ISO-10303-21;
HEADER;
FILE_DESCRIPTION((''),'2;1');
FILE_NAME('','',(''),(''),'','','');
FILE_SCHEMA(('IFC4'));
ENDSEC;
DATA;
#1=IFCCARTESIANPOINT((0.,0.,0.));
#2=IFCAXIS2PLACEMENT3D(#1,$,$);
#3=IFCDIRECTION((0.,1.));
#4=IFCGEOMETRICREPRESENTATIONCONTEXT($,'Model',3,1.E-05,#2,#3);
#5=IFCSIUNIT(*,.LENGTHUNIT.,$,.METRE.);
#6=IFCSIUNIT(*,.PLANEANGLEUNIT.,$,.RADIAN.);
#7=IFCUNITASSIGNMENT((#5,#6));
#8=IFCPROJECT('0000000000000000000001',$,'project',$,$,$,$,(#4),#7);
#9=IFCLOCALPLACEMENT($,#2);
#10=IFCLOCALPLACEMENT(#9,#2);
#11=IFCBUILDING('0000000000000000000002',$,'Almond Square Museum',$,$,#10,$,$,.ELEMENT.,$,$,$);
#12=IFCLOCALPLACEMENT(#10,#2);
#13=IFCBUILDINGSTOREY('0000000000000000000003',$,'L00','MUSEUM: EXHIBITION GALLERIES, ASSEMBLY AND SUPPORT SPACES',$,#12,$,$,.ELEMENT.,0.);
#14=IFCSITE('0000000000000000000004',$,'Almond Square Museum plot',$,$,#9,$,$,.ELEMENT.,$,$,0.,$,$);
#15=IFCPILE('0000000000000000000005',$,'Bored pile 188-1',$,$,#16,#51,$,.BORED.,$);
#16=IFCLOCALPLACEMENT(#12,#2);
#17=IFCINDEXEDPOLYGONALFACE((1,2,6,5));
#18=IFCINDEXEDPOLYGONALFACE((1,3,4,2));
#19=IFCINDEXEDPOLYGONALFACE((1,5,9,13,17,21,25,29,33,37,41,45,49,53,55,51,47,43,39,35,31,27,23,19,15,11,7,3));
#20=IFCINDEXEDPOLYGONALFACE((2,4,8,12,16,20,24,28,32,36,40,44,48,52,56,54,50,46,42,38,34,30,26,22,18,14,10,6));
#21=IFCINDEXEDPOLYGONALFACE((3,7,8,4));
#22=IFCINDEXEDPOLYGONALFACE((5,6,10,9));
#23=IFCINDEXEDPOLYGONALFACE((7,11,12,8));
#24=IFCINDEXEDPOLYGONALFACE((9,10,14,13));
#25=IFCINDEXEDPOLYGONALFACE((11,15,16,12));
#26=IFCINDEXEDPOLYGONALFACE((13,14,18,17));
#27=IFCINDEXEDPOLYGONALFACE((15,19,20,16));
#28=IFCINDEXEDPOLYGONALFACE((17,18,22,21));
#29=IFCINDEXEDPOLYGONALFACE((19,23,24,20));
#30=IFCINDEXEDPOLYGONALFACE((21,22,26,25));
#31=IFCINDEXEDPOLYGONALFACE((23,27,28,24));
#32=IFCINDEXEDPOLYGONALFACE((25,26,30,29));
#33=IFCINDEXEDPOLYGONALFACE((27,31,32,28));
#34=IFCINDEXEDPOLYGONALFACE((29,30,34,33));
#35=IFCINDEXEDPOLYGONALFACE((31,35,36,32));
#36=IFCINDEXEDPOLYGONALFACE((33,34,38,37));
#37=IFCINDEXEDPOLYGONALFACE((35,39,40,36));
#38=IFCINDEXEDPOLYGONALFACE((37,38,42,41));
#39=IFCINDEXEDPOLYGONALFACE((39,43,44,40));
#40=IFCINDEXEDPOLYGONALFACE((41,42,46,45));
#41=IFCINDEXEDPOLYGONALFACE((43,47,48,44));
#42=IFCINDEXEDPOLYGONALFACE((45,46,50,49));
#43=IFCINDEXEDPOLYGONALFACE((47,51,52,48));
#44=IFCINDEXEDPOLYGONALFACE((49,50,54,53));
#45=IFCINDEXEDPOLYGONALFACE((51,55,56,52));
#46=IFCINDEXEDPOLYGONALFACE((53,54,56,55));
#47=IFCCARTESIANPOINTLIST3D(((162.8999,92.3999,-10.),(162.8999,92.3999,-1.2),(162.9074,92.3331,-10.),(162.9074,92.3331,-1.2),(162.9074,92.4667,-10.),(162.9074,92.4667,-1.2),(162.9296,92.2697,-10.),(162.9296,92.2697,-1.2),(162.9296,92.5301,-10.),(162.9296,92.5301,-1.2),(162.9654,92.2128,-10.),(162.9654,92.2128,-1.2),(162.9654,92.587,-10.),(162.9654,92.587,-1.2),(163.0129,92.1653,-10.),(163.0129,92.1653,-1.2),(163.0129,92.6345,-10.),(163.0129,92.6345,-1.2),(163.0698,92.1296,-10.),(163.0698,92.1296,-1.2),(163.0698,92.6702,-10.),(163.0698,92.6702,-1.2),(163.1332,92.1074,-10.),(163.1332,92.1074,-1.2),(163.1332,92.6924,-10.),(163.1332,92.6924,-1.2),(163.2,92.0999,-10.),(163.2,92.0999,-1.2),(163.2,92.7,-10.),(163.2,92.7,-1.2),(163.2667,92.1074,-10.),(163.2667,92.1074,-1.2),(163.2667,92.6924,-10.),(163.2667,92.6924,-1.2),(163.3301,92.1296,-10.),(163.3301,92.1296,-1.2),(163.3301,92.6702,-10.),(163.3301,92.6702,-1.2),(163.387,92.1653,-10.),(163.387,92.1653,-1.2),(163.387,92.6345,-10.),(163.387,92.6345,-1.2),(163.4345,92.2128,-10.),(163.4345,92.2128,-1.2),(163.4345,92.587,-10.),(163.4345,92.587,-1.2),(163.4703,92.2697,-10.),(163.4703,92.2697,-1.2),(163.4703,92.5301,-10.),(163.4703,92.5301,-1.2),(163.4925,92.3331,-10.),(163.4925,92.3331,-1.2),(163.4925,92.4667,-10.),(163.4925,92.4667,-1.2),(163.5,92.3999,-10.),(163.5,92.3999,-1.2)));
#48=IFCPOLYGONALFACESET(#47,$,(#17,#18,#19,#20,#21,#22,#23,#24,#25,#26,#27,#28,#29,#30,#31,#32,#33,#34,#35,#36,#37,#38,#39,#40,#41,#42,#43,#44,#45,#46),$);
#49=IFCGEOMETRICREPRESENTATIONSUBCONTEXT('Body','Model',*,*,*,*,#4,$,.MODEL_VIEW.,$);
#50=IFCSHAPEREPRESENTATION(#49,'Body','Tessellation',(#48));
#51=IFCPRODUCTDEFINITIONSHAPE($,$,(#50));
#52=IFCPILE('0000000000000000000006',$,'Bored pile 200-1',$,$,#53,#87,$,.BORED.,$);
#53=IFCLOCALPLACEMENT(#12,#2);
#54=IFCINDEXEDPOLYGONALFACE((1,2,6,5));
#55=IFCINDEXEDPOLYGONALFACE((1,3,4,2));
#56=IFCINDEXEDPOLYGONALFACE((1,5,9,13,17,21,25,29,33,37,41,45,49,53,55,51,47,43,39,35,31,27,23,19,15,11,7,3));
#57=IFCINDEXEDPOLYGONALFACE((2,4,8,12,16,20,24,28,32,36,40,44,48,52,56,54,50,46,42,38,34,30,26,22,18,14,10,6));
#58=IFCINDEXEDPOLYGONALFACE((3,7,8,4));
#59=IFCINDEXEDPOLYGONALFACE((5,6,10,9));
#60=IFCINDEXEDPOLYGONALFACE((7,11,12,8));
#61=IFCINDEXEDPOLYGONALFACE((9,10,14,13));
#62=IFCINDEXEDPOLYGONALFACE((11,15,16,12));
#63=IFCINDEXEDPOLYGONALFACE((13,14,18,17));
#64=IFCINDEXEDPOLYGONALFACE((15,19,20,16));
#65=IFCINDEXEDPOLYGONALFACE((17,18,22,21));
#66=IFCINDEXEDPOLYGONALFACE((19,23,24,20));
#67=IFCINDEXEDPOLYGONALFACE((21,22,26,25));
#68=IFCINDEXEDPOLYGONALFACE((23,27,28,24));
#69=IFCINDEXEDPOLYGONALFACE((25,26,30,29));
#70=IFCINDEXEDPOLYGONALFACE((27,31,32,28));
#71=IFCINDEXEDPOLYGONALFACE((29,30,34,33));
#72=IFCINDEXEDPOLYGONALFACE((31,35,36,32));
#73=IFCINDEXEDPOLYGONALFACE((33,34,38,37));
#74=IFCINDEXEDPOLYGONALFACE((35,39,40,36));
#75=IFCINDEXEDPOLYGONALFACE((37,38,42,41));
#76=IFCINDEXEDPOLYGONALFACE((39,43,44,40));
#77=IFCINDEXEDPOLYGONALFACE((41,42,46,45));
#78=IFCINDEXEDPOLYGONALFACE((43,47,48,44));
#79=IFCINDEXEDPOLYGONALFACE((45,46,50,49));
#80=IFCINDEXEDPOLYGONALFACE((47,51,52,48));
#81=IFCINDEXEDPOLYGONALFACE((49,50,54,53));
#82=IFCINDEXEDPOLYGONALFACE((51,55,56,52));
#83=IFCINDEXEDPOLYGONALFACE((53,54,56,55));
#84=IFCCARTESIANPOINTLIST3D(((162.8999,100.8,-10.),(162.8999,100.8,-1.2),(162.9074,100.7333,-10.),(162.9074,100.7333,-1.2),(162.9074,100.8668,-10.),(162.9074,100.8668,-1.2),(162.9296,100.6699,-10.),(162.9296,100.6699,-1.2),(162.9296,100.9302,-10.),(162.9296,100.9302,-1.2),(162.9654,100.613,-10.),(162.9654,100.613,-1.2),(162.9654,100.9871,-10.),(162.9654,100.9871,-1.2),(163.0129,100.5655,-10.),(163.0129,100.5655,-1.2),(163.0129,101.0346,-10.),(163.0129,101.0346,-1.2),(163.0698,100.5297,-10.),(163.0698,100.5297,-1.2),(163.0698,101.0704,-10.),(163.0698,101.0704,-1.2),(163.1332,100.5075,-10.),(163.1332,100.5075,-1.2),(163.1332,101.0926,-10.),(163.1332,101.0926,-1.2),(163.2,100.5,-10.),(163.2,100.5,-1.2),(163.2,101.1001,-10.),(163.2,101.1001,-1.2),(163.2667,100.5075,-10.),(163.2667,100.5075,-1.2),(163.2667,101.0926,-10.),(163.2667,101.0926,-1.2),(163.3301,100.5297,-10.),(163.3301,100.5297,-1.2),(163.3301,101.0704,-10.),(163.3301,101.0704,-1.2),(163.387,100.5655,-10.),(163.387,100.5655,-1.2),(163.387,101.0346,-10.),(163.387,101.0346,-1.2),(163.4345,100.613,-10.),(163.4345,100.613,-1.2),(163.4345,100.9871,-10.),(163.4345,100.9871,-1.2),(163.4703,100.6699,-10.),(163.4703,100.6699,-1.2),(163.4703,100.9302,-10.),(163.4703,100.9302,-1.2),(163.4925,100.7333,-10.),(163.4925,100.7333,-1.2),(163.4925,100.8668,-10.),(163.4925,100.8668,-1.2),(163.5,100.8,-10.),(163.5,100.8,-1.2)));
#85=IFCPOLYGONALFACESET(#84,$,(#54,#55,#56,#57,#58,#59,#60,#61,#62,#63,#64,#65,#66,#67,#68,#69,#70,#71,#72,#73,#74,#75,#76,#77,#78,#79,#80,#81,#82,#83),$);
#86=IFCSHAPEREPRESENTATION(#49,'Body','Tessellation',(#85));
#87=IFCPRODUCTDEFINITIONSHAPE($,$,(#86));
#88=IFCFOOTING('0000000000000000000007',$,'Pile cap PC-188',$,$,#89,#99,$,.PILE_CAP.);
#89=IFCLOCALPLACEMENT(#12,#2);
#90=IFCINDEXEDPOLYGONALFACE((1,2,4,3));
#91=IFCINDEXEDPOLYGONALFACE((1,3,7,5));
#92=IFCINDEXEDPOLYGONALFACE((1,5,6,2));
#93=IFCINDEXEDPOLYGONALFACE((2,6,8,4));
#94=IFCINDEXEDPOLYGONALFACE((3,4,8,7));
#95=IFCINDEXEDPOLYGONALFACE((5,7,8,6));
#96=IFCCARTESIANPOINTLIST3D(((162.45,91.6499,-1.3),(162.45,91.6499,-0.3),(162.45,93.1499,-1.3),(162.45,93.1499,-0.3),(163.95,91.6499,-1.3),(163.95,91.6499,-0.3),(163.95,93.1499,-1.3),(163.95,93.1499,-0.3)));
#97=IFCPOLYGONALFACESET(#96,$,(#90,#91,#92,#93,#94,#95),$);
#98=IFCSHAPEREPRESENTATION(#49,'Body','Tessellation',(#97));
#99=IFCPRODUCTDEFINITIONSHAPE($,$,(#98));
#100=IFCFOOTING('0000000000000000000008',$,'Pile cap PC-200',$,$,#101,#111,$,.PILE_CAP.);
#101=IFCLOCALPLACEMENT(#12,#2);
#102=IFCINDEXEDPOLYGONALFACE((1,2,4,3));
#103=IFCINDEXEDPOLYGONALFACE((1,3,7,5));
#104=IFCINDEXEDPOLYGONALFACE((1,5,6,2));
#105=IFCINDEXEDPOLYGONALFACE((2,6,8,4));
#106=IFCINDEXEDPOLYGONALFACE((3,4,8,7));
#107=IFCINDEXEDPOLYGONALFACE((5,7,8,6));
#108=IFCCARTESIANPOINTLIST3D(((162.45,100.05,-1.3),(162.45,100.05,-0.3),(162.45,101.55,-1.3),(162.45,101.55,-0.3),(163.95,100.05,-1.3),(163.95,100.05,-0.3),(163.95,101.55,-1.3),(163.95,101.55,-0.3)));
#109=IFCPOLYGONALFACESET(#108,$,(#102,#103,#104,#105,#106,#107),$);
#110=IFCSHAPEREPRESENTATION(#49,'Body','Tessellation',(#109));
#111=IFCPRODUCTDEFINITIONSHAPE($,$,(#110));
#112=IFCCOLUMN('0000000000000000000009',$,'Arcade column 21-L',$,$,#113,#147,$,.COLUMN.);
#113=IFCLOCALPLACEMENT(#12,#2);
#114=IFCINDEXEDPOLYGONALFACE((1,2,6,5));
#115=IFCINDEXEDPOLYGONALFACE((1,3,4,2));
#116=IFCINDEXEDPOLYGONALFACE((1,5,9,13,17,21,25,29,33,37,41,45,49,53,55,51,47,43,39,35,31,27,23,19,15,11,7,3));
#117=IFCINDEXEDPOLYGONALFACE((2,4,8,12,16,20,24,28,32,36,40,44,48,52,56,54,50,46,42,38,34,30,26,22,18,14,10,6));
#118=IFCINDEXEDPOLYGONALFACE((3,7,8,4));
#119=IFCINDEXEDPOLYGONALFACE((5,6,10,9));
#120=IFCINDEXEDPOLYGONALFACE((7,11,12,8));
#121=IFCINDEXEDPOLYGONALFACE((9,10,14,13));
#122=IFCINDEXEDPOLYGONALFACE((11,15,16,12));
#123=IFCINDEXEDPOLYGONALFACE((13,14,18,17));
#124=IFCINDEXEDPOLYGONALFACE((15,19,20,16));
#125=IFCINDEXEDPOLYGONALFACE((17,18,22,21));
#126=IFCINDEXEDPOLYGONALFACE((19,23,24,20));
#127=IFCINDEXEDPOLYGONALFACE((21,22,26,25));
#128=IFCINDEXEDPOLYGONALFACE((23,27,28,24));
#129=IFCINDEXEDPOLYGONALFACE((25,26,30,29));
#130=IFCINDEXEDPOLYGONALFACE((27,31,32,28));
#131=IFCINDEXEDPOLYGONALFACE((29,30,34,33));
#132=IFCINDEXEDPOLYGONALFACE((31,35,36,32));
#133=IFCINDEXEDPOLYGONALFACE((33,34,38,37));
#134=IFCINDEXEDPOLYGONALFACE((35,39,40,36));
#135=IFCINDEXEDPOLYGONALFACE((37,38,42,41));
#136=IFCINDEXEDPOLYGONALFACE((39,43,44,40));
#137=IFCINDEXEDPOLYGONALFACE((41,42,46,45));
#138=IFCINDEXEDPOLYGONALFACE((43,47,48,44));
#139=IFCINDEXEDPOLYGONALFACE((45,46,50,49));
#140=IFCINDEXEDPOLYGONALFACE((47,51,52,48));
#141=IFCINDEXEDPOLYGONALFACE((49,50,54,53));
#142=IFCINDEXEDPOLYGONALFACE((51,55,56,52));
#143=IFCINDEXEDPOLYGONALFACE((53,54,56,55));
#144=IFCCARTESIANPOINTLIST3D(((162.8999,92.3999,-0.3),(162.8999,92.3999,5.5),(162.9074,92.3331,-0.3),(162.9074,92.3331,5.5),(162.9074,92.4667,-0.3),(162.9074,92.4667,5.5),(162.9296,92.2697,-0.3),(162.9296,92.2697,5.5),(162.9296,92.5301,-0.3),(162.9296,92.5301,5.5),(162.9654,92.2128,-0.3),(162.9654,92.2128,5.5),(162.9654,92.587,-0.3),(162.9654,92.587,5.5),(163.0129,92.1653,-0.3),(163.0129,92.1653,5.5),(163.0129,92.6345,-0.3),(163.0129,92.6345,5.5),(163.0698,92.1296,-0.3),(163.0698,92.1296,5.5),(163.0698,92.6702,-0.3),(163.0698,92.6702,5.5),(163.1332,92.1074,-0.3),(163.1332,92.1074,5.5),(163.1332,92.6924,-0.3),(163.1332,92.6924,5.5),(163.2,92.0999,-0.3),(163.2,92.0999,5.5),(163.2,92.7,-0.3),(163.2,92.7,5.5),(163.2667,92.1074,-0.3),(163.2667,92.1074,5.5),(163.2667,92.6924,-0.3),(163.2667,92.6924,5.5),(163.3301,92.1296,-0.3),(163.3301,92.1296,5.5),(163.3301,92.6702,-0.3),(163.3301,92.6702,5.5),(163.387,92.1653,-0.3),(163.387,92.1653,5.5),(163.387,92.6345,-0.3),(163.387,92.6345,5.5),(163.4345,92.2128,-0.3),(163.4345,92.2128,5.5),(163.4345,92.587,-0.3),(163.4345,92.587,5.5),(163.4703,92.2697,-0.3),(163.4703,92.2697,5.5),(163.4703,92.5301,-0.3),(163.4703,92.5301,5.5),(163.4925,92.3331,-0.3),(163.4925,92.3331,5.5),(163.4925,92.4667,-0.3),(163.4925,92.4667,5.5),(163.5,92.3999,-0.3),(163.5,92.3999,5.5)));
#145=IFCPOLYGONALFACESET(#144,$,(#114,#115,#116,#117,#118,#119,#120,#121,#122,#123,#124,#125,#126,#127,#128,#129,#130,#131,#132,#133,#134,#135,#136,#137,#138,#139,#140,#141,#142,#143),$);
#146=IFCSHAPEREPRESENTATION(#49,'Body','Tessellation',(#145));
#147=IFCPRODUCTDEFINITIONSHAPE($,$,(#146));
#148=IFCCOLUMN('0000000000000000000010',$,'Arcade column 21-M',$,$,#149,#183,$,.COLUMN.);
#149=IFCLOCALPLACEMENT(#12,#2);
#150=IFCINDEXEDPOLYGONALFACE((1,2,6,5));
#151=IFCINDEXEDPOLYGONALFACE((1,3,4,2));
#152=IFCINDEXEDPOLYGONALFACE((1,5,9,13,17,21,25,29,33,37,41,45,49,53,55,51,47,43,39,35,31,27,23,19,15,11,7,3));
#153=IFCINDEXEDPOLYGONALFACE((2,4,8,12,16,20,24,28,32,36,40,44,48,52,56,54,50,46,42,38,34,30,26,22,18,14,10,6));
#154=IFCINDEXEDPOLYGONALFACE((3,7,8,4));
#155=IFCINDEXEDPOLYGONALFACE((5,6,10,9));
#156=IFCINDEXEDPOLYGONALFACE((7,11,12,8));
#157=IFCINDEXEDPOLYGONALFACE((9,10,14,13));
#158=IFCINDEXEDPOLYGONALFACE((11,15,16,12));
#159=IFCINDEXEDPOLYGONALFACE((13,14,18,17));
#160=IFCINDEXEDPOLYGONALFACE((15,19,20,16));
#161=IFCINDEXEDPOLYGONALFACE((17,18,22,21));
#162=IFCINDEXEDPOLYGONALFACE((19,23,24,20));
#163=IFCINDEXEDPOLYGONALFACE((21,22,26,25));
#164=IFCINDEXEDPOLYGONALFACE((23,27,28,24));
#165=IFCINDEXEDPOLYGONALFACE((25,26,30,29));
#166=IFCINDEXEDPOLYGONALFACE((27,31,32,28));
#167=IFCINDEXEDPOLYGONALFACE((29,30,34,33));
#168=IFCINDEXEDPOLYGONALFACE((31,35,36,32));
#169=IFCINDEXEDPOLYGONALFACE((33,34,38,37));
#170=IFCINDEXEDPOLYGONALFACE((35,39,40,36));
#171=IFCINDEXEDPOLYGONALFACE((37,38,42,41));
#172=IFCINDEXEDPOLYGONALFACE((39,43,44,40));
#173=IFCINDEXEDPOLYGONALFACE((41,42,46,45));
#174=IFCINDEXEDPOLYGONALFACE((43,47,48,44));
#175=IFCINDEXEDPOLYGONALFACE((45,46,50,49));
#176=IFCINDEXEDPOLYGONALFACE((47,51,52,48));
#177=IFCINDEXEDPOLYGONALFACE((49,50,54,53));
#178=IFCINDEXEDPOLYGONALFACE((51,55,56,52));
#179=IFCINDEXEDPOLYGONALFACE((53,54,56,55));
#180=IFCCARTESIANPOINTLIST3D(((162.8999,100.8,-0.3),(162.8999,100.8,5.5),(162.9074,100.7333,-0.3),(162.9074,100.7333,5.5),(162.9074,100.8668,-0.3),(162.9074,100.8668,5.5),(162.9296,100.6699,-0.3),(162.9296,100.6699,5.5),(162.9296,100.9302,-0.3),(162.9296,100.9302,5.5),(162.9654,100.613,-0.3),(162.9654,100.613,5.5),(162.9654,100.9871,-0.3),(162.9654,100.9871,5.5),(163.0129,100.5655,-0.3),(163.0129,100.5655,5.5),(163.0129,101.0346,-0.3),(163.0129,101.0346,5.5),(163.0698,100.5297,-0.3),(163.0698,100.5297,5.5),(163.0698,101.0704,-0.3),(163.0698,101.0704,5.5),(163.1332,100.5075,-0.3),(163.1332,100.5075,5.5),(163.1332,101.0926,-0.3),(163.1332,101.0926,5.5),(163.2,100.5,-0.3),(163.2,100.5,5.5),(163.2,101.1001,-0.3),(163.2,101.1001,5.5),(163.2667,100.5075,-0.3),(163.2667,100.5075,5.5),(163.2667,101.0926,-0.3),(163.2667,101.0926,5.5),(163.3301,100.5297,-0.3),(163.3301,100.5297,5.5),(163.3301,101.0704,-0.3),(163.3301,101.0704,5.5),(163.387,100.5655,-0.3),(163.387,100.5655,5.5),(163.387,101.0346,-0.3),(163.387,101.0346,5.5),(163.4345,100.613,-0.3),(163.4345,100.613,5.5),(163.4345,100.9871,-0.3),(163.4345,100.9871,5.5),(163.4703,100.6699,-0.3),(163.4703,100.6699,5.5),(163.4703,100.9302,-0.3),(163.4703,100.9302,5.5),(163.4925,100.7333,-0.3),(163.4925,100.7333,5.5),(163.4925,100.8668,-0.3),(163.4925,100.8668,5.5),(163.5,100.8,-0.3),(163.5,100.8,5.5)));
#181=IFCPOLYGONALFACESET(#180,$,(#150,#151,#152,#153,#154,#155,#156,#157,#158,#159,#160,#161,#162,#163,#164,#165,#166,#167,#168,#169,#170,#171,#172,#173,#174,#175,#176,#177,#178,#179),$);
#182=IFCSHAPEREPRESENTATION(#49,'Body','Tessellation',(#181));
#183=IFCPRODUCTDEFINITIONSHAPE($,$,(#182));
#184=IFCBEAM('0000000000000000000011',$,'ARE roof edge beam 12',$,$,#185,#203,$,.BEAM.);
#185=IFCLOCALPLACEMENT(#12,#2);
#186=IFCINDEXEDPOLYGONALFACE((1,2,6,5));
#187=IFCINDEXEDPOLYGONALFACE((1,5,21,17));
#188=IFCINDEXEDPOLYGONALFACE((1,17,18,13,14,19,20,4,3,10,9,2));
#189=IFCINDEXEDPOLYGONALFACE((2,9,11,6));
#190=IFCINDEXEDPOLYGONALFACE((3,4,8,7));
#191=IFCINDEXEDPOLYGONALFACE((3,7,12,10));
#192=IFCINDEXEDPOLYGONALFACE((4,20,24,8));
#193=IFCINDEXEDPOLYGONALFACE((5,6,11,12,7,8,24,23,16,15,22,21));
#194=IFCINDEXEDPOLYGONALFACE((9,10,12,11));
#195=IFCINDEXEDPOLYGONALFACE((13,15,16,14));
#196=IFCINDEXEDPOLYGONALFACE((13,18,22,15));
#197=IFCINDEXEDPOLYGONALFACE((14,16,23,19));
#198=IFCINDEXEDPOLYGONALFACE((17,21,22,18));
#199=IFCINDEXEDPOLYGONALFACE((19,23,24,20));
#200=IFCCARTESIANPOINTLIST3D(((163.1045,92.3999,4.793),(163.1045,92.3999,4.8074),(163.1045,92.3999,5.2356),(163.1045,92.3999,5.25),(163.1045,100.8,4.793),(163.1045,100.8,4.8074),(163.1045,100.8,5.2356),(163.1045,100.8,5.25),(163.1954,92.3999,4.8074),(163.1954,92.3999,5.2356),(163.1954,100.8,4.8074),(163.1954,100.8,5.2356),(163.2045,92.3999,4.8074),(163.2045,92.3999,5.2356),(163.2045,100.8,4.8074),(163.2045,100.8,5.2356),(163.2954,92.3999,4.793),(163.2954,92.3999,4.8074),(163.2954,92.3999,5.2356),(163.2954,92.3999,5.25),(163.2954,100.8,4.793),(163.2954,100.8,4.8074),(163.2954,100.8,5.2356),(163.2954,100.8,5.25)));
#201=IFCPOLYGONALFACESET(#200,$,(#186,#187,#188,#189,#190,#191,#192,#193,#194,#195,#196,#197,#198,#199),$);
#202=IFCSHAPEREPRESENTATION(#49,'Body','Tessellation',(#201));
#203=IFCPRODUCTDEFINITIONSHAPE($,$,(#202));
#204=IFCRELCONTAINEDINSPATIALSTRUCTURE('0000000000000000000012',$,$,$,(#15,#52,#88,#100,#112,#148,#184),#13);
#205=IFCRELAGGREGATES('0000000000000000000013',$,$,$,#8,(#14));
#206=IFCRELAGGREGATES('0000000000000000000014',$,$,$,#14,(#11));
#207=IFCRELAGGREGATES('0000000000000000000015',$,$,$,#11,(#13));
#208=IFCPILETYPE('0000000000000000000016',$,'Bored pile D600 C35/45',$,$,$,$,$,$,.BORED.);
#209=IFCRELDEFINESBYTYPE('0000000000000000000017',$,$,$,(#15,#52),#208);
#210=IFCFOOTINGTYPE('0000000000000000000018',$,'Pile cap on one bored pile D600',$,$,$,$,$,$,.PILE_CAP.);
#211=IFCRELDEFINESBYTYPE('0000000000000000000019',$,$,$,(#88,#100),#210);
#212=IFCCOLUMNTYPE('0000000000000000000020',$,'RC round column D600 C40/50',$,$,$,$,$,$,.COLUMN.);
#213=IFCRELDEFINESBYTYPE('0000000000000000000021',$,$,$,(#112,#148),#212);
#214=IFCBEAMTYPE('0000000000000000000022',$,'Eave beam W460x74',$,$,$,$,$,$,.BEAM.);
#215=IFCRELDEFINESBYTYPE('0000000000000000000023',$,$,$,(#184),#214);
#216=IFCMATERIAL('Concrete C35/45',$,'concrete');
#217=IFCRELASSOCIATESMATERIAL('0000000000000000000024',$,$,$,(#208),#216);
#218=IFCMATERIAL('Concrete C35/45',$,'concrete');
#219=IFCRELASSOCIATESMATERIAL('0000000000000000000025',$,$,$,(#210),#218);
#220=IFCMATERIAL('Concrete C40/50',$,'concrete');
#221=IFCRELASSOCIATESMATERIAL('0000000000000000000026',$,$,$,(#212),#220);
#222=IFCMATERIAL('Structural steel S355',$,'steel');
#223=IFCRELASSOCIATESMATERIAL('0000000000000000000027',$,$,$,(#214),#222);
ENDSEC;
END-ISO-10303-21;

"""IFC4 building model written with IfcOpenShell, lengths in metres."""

from ifc_helpers import new_model, si_unit, direction, frame, origin, origin_2d, place, context, subcontext, project, spatial, rectangle, circle, i_section, extrude, material, material_profile, profile_set, type_object, element, save


model = new_model("IFC4")

# Units and contexts
model_context = context("Model", 3, precision=1e-05, world=origin(), true_north=direction((0.0, 1.0)))
body_context = subcontext(model_context, "Body", "Model", "MODEL_VIEW")
ifc_project = project(units=[si_unit("LENGTHUNIT", "METRE"), si_unit("PLANEANGLEUNIT", "RADIAN")], contexts=[model_context])

# Site, building, storey
site_placement = place(None, origin())
site = spatial("IfcSite", under=ifc_project, at=site_placement, Name="Almond Square Museum plot", CompositionType="ELEMENT", RefElevation=0.0)
building_placement = place(site_placement, origin())
building = spatial("IfcBuilding", under=site, at=building_placement, Name="Almond Square Museum", CompositionType="ELEMENT")
storey_placement = place(building_placement, origin())
storey = spatial("IfcBuildingStorey", under=building, at=storey_placement, Name="L00", Description="MUSEUM: EXHIBITION GALLERIES, ASSEMBLY AND SUPPORT SPACES", CompositionType="ELEMENT", Elevation=0.0)

# Piles
ifc_material_1 = material(Name="Concrete C35/45", Category="concrete")
ifc_material_profile_1 = material_profile(ifc_material_1, circle(Radius=0.3, at=origin_2d()))
ifc_profile_set_1 = profile_set([ifc_material_profile_1], Name="Concrete C35/45")
pile_type = type_object("IfcPileType", Name="Bored pile D600 C35/45", PredefinedType="BORED", material=ifc_profile_set_1)
for number, where, z_axis, x_axis, name in (
    (1, (163.2, 92.3999, -1.2), (0.0, 0.0, -1.0), (1.0, 0.0, 0.0), "Bored pile 188-1"),
    (2, (163.2, 100.8, -1.2), (0.0, 0.0, -1.0), (1.0, 0.0, 0.0), "Bored pile 200-1"),
):
    element("IfcPile", number, at=place(storey_placement, frame(where, z_axis=z_axis, x_axis=x_axis)), inside=storey, type_object=pile_type, Name=name, PredefinedType="BORED", context=body_context, shape_type="SweptSolid", body=[
        extrude(circle(Radius=0.3, at=origin_2d()), origin(), (0.0, 0.0, 1.0), 8.8),
    ])

# Footings
ifc_material_2 = material(Name="Concrete C35/45", Category="concrete")
footing_type = type_object("IfcFootingType", Name="Pile cap on one bored pile D600", PredefinedType="PILE_CAP", material=ifc_material_2)
for number, where, z_axis, x_axis, name in (
    (3, (163.2, 92.3999, -1.3), (0.0, 0.0, 1.0), (1.0, 0.0, 0.0), "Pile cap PC-188"),
    (4, (163.2, 100.8, -1.3), (0.0, 0.0, 1.0), (1.0, 0.0, 0.0), "Pile cap PC-200"),
):
    element("IfcFooting", number, at=place(storey_placement, frame(where, z_axis=z_axis, x_axis=x_axis)), inside=storey, type_object=footing_type, Name=name, PredefinedType="PILE_CAP", context=body_context, shape_type="SweptSolid", body=[
        extrude(rectangle(XDim=1.5, YDim=1.5, at=origin_2d()), origin(), (0.0, 0.0, 1.0), 1.0),
    ])

# Columns
ifc_material_3 = material(Name="Concrete C40/50", Category="concrete")
ifc_material_profile_2 = material_profile(ifc_material_3, circle(Radius=0.3, at=origin_2d()))
ifc_profile_set_2 = profile_set([ifc_material_profile_2], Name="Concrete C40/50")
column_type = type_object("IfcColumnType", Name="RC round column D600 C40/50", PredefinedType="COLUMN", material=ifc_profile_set_2)
for number, where, z_axis, x_axis, name in (
    (5, (163.2, 92.3999, -0.3), (0.0, 0.0, 1.0), (1.0, 0.0, 0.0), "Arcade column 21-L"),
    (6, (163.2, 100.8, -0.3), (0.0, 0.0, 1.0), (1.0, 0.0, 0.0), "Arcade column 21-M"),
):
    element("IfcColumn", number, at=place(storey_placement, frame(where, z_axis=z_axis, x_axis=x_axis)), inside=storey, type_object=column_type, Name=name, PredefinedType="COLUMN", context=body_context, shape_type="SweptSolid", body=[
        extrude(circle(Radius=0.3, at=origin_2d()), origin(), (0.0, 0.0, 1.0), 5.8),
    ])

# Beam
ifc_material_4 = material(Name="Structural steel S355", Category="steel")
ifc_material_profile_3 = material_profile(ifc_material_4, i_section(OverallWidth=0.1909, OverallDepth=0.457, WebThickness=0.009, FlangeThickness=0.0144, at=origin_2d()))
ifc_profile_set_3 = profile_set([ifc_material_profile_3], Name="Structural steel S355")
beam_type_1 = type_object("IfcBeamType", Name="Eave beam W460x74", PredefinedType="BEAM", material=ifc_profile_set_3)
beam_1_placement = place(storey_placement, frame((163.2, 92.3999, 5.0215), z_axis=(0.0, 1.0, 0.0), x_axis=(-1.0, 0.0, 0.0)))
element("IfcBeam", 7, at=beam_1_placement, inside=storey, type_object=beam_type_1, Name="ARE roof edge beam 12", PredefinedType="BEAM", context=body_context, shape_type="SweptSolid", body=[
    extrude(i_section(OverallWidth=0.1909, OverallDepth=0.457, WebThickness=0.009, FlangeThickness=0.0144, at=origin_2d()), origin(), (0.0, 0.0, 1.0), 8.4001),
])

save(model, "model.ifc")
